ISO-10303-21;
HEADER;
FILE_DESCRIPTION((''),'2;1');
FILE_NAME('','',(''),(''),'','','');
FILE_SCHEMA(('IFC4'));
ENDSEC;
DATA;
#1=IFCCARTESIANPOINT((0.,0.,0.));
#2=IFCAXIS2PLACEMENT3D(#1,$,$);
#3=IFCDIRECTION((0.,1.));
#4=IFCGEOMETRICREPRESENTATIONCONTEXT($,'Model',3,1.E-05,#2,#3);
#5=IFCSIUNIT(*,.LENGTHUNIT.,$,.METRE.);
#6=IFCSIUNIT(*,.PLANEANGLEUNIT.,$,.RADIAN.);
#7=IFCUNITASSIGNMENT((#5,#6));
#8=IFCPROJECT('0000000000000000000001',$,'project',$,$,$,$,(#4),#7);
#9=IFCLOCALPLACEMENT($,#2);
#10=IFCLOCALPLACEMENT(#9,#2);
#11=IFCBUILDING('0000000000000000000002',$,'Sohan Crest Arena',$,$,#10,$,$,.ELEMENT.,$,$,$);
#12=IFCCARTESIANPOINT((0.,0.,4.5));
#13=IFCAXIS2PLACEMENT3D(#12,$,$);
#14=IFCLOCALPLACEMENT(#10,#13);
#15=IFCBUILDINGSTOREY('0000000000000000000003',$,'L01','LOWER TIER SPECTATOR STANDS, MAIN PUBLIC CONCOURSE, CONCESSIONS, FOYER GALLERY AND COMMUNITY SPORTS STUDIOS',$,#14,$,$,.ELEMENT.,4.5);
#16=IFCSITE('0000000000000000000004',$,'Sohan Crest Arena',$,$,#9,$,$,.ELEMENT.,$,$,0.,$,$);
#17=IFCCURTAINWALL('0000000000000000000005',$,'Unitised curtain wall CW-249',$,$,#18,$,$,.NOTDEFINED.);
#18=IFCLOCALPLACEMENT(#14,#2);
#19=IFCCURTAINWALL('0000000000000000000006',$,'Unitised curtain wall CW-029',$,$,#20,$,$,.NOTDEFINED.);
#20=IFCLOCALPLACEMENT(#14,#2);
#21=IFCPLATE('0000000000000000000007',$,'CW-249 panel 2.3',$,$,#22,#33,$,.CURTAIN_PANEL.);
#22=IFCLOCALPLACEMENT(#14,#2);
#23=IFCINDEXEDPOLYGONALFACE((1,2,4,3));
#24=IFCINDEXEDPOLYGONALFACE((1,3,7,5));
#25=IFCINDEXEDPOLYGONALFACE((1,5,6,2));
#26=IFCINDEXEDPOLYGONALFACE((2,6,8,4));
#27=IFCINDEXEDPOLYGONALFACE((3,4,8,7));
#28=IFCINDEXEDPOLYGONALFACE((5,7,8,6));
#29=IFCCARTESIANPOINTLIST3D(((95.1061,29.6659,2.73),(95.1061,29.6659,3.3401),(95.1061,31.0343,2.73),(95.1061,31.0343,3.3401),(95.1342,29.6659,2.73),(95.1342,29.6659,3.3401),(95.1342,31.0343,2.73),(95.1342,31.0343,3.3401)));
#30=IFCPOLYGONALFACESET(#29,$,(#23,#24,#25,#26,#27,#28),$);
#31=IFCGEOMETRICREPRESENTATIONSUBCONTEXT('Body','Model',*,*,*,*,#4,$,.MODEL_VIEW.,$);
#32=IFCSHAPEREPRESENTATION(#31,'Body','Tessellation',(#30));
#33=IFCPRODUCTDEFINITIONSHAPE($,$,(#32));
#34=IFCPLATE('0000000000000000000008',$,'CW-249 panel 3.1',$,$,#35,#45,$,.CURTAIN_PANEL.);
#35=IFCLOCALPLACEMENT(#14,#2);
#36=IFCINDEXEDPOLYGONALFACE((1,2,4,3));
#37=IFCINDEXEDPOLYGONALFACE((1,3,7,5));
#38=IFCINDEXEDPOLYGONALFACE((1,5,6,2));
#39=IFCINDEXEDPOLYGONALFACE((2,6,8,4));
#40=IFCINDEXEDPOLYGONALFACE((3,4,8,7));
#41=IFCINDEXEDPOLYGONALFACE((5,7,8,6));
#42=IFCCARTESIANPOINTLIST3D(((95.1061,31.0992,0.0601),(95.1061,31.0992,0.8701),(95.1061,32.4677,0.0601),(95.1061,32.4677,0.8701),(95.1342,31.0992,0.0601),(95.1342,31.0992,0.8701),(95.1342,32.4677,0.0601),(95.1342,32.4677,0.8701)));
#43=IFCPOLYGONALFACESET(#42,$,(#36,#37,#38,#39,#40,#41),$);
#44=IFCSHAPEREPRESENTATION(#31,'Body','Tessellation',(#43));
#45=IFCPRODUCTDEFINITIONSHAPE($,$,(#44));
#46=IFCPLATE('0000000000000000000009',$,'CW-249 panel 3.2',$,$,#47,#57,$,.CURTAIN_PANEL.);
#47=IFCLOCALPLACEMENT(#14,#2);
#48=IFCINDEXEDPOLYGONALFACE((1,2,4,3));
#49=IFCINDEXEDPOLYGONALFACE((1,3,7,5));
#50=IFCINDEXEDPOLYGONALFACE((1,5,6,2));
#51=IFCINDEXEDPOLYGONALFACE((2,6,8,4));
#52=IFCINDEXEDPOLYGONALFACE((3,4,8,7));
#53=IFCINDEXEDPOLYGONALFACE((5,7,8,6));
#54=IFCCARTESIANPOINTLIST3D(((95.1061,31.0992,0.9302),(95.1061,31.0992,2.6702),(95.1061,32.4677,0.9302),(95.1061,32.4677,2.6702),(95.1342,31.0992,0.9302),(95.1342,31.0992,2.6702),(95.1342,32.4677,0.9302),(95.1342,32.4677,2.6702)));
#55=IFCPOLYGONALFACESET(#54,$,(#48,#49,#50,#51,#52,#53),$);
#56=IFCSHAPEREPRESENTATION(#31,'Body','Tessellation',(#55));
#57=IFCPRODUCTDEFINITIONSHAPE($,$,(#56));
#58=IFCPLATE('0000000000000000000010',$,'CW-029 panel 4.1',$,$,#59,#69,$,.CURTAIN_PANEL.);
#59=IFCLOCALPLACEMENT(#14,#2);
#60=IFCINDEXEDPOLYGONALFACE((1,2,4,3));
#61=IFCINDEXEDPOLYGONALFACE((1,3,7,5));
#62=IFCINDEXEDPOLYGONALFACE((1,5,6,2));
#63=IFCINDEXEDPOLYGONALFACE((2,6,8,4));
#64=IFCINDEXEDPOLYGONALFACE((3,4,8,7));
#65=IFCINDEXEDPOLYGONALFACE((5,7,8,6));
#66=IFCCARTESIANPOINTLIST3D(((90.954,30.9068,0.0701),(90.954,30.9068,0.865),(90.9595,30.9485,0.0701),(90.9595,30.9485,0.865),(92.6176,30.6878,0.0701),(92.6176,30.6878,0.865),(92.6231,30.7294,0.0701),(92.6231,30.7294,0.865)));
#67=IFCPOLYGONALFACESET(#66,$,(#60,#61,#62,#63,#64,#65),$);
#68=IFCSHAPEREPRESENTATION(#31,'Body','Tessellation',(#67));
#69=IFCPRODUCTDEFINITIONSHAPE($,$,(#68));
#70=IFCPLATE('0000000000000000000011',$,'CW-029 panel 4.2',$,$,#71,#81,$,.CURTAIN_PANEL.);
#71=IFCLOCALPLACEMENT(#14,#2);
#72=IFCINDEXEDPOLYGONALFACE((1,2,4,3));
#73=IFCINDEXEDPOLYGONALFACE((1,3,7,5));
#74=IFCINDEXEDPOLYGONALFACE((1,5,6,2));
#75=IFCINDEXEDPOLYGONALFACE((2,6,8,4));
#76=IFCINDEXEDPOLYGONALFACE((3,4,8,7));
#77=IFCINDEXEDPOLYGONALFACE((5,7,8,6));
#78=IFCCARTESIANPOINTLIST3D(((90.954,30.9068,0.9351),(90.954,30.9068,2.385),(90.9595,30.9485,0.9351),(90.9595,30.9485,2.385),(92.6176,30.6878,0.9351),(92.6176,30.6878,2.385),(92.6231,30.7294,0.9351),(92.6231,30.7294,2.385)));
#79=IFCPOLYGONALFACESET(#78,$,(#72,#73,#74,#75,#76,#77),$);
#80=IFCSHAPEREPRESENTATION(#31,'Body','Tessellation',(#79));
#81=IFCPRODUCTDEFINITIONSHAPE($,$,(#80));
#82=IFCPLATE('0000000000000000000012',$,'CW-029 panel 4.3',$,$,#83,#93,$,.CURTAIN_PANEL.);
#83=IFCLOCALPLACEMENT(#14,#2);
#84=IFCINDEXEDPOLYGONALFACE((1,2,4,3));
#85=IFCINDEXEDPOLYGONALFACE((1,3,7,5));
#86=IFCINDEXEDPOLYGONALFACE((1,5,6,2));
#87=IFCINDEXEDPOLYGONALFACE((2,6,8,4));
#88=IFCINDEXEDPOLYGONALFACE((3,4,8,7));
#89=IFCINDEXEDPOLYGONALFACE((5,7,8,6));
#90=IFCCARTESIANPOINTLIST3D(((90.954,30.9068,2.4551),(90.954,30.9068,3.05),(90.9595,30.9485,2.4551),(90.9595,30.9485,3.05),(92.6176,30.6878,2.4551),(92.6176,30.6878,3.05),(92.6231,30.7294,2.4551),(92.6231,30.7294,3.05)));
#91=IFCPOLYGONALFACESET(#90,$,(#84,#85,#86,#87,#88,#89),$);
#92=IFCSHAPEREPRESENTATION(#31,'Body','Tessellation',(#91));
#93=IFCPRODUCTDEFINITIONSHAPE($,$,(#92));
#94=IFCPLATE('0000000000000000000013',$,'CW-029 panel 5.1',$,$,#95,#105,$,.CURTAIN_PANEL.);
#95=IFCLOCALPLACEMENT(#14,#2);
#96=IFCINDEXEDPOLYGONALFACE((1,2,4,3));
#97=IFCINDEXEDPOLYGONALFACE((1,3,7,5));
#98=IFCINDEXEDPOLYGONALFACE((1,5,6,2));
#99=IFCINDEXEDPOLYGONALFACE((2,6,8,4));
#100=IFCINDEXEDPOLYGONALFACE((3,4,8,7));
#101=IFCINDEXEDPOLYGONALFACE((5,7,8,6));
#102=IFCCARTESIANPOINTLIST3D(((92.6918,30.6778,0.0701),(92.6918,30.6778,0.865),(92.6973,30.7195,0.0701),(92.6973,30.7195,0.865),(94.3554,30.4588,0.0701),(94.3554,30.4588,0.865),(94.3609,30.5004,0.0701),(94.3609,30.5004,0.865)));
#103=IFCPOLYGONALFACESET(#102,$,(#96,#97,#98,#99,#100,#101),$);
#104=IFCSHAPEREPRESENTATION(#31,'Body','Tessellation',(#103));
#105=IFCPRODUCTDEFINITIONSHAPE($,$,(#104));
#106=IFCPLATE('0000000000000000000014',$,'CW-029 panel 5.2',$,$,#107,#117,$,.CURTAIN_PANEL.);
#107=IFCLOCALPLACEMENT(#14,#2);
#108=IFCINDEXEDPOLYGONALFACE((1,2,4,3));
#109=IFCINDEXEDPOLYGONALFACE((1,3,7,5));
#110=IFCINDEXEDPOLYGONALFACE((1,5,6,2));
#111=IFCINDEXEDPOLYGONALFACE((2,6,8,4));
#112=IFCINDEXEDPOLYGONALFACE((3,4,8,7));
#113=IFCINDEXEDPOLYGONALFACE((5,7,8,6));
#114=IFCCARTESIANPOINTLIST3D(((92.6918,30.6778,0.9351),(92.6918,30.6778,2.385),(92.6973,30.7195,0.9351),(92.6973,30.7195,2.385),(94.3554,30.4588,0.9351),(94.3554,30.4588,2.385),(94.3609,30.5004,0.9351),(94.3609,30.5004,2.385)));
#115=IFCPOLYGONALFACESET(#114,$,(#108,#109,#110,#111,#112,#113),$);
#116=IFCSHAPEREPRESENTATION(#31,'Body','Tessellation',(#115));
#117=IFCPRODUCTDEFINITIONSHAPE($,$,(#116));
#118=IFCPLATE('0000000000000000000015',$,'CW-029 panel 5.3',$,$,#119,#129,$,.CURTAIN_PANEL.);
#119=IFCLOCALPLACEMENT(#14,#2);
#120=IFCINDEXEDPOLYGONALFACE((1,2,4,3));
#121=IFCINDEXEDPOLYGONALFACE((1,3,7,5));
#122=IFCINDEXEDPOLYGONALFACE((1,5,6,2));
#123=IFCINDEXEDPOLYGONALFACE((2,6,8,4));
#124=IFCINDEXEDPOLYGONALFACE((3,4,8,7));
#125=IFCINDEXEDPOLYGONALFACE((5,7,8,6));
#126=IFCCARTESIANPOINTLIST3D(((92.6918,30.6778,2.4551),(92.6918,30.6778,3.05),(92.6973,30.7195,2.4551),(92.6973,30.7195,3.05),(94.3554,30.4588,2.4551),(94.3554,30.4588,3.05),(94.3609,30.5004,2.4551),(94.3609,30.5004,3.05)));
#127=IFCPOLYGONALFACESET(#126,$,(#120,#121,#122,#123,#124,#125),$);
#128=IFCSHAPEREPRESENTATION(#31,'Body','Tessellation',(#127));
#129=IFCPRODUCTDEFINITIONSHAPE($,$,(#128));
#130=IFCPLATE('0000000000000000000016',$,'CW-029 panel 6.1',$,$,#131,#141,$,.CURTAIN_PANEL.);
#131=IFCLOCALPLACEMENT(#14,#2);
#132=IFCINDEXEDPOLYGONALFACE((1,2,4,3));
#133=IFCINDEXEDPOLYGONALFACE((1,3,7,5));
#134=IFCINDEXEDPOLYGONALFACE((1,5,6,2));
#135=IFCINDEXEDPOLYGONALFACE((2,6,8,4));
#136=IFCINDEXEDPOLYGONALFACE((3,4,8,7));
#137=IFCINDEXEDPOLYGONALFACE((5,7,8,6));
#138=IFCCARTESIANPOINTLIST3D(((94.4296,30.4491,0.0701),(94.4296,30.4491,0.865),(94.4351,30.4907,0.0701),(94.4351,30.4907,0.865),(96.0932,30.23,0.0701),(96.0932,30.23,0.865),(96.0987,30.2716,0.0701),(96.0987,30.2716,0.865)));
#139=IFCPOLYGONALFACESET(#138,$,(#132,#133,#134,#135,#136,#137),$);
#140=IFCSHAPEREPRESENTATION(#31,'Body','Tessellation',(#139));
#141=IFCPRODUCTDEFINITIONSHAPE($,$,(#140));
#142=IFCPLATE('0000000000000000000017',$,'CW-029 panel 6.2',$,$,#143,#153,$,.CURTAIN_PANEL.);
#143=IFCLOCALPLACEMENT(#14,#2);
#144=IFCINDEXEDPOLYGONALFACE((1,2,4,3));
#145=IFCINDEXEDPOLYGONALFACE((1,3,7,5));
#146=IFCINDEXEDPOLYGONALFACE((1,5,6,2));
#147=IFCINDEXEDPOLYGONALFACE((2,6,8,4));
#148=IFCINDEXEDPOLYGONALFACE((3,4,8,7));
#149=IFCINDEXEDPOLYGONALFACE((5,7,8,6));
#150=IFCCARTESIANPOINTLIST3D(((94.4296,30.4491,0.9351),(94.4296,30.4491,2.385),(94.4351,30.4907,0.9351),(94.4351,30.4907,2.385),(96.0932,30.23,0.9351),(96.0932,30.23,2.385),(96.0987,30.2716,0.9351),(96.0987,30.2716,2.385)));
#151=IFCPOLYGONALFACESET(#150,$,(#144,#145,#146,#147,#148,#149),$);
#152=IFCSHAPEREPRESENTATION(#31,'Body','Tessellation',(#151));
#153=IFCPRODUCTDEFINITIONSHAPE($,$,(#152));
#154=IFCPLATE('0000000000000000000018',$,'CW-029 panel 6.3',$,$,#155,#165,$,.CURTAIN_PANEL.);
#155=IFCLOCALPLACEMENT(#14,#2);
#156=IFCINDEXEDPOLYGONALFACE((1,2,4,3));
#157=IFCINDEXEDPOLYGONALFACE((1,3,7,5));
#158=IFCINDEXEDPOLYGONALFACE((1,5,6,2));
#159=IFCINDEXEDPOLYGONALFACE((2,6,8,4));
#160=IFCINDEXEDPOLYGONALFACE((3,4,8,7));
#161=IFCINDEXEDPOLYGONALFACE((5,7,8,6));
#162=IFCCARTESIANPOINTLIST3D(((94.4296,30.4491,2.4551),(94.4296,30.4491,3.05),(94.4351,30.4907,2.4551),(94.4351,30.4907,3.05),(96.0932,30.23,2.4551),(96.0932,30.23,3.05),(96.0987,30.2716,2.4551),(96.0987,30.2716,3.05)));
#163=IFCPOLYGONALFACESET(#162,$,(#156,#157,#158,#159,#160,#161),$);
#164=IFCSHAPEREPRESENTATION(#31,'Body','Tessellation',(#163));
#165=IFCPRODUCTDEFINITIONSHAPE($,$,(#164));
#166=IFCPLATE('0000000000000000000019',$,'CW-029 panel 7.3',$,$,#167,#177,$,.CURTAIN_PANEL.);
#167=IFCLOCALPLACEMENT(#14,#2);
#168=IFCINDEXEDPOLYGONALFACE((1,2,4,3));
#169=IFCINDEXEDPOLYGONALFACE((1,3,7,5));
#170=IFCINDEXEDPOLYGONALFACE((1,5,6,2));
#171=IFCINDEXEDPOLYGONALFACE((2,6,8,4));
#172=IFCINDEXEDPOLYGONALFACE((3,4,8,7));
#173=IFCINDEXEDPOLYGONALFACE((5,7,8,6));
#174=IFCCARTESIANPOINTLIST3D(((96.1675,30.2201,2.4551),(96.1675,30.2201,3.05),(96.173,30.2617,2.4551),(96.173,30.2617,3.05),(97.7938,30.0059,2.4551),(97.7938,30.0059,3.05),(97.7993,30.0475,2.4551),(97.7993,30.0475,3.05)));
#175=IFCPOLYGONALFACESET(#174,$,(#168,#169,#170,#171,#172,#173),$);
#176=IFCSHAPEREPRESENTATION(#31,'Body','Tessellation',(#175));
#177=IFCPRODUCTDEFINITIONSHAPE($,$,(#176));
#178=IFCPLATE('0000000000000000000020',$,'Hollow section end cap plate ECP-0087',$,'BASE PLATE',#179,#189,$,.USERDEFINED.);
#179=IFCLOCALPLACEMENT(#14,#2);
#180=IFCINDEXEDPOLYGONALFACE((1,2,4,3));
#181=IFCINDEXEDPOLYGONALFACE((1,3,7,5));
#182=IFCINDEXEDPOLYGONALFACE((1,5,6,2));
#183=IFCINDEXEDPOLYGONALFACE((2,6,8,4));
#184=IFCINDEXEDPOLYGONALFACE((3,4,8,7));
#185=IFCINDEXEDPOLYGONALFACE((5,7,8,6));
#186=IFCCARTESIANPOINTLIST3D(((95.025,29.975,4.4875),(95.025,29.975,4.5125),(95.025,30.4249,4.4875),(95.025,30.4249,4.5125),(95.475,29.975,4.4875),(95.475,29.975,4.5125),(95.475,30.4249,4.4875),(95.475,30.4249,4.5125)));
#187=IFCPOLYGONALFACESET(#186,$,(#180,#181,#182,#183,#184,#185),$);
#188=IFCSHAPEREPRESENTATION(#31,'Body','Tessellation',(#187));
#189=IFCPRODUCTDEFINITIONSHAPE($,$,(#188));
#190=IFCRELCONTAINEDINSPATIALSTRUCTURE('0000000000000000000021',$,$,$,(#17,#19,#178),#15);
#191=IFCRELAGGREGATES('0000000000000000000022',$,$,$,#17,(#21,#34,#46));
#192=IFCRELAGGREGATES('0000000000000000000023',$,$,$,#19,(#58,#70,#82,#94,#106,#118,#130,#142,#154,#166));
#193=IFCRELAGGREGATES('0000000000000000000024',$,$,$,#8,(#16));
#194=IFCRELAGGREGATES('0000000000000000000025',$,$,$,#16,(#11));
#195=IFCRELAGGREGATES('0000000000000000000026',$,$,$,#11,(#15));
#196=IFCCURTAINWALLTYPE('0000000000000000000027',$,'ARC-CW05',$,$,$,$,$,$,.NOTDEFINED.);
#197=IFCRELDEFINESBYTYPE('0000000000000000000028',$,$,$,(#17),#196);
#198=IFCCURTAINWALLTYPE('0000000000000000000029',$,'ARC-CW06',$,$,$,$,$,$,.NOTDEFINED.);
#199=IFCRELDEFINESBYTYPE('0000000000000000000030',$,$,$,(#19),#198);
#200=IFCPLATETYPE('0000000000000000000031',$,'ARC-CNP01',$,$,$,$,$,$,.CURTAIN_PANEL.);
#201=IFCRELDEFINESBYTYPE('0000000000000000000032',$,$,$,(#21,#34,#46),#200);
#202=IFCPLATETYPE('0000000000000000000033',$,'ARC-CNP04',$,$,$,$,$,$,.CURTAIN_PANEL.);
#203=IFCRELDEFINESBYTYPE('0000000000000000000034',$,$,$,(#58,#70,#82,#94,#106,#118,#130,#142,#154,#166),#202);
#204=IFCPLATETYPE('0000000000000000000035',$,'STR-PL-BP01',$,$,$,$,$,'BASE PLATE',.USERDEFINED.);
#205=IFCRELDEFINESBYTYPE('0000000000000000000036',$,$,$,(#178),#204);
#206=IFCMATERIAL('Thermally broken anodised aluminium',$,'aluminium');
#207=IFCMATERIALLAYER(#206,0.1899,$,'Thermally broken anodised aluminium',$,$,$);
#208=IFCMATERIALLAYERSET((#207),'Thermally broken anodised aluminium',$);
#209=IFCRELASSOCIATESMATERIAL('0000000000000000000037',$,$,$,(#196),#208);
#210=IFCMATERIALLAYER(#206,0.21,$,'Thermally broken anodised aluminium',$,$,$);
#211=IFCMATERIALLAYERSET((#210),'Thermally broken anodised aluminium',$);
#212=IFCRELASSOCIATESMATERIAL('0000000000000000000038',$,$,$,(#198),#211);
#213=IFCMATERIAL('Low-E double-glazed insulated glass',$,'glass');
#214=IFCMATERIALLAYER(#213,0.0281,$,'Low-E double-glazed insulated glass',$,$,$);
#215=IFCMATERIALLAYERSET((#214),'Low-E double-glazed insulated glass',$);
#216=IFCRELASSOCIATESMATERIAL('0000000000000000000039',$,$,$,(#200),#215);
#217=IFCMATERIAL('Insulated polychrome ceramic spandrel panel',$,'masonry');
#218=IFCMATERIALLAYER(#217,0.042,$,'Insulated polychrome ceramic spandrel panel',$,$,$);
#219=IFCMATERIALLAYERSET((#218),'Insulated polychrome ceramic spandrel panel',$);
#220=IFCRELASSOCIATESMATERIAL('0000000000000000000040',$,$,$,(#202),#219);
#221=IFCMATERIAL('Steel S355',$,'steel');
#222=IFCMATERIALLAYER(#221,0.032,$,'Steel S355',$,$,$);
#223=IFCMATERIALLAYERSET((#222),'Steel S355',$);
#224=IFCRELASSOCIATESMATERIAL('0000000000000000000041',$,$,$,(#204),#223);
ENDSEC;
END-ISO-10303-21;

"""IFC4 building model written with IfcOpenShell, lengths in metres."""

from ifc_helpers import new_model, si_unit, direction, frame, origin, origin_2d, place, context, subcontext, project, spatial, rectangle, extrude, material, layer, layer_set, type_object, element, aggregate, save


model = new_model("IFC4")

# Units and contexts
model_context = context("Model", 3, precision=1e-05, world=origin(), true_north=direction((0.0, 1.0)))
body_context = subcontext(model_context, "Body", "Model", "MODEL_VIEW")
ifc_project = project(units=[si_unit("LENGTHUNIT", "METRE"), si_unit("PLANEANGLEUNIT", "RADIAN")], contexts=[model_context])

# Site, building, storey
site_placement = place(None, origin())
site = spatial("IfcSite", under=ifc_project, at=site_placement, Name="Sohan Crest Arena", CompositionType="ELEMENT", RefElevation=0.0)
building_placement = place(site_placement, origin())
building = spatial("IfcBuilding", under=site, at=building_placement, Name="Sohan Crest Arena", CompositionType="ELEMENT")
storey_placement = place(building_placement, frame((0.0, 0.0, 4.5)))
storey = spatial("IfcBuildingStorey", under=building, at=storey_placement, Name="L01", Description="LOWER TIER SPECTATOR STANDS, MAIN PUBLIC CONCOURSE, CONCESSIONS, FOYER GALLERY AND COMMUNITY SPORTS STUDIOS", CompositionType="ELEMENT", Elevation=4.5)

# Shared definitions
ifc_material_1 = material(Name="Steel S355", Category="steel")

# Curtain wall
ifc_material_2 = material(Name="Thermally broken anodised aluminium", Category="aluminium")
ifc_layer_1 = layer(ifc_material_2, 0.1899, Name="Thermally broken anodised aluminium")
ifc_layer_set_1 = layer_set([ifc_layer_1], Name="Thermally broken anodised aluminium")
curtain_wall_type_1 = type_object("IfcCurtainWallType", Name="ARC-CW05", PredefinedType="NOTDEFINED", material=ifc_layer_set_1)
curtain_wall_1_placement = place(storey_placement, origin())
curtain_wall_1 = element("IfcCurtainWall", 1, at=curtain_wall_1_placement, inside=storey, type_object=curtain_wall_type_1, Name="Unitised curtain wall CW-249", PredefinedType="NOTDEFINED")

# Curtain wall
ifc_layer_2 = layer(ifc_material_2, 0.21, Name="Thermally broken anodised aluminium")
ifc_layer_set_2 = layer_set([ifc_layer_2], Name="Thermally broken anodised aluminium")
curtain_wall_type_2 = type_object("IfcCurtainWallType", Name="ARC-CW06", PredefinedType="NOTDEFINED", material=ifc_layer_set_2)
curtain_wall_2_placement = place(storey_placement, origin())
curtain_wall_2 = element("IfcCurtainWall", 2, at=curtain_wall_2_placement, inside=storey, type_object=curtain_wall_type_2, Name="Unitised curtain wall CW-029", PredefinedType="NOTDEFINED")

# Plates
ifc_material_3 = material(Name="Low-E double-glazed insulated glass", Category="glass")
ifc_layer_3 = layer(ifc_material_3, 0.0281, Name="Low-E double-glazed insulated glass")
ifc_layer_set_3 = layer_set([ifc_layer_3], Name="Low-E double-glazed insulated glass")
plate_type_1 = type_object("IfcPlateType", Name="ARC-CNP01", PredefinedType="CURTAIN_PANEL", material=ifc_layer_set_3)
plate_1_placement = place(storey_placement, frame((95.1201, 30.3501, 2.73), z_axis=(0.0, 0.0, 1.0), x_axis=(0.0, 1.0, 0.0)))
plate_1 = element("IfcPlate", 3, at=plate_1_placement, type_object=plate_type_1, Name="CW-249 panel 2.3", PredefinedType="CURTAIN_PANEL", context=body_context, shape_type="SweptSolid", body=[
    extrude(rectangle(XDim=1.3684, YDim=0.0281, at=origin_2d()), origin(), (0.0, 0.0, 1.0), 0.6101),
])
plate_2_placement = place(storey_placement, frame((95.1201, 31.7834, 0.0601), z_axis=(0.0, 0.0, 1.0), x_axis=(0.0, 1.0, 0.0)))
plate_2 = element("IfcPlate", 4, at=plate_2_placement, type_object=plate_type_1, Name="CW-249 panel 3.1", PredefinedType="CURTAIN_PANEL", context=body_context, shape_type="SweptSolid", body=[
    extrude(rectangle(XDim=1.3684, YDim=0.0281, at=origin_2d()), origin(), (0.0, 0.0, 1.0), 0.8101),
])
plate_3_placement = place(storey_placement, frame((95.1201, 31.7834, 0.9302), z_axis=(0.0, 0.0, 1.0), x_axis=(0.0, 1.0, 0.0)))
plate_3 = element("IfcPlate", 5, at=plate_3_placement, type_object=plate_type_1, Name="CW-249 panel 3.2", PredefinedType="CURTAIN_PANEL", context=body_context, shape_type="SweptSolid", body=[
    extrude(rectangle(XDim=1.3684, YDim=0.0281, at=origin_2d()), origin(), (0.0, 0.0, 1.0), 1.74),
])
aggregate(curtain_wall_1, [plate_1, plate_2, plate_3])
ifc_material_4 = material(Name="Insulated polychrome ceramic spandrel panel", Category="masonry")
ifc_layer_4 = layer(ifc_material_4, 0.042, Name="Insulated polychrome ceramic spandrel panel")
ifc_layer_set_4 = layer_set([ifc_layer_4], Name="Insulated polychrome ceramic spandrel panel")
plate_type_2 = type_object("IfcPlateType", Name="ARC-CNP04", PredefinedType="CURTAIN_PANEL", material=ifc_layer_set_4)
plate_4_placement = place(storey_placement, frame((91.7886, 30.8181, 0.0701), z_axis=(0.0, 0.0, 1.0), x_axis=(0.99144, -0.130562, 0.0)))
plate_4 = element("IfcPlate", 6, at=plate_4_placement, type_object=plate_type_2, Name="CW-029 panel 4.1", PredefinedType="CURTAIN_PANEL", context=body_context, shape_type="SweptSolid", body=[
    extrude(rectangle(XDim=1.678, YDim=0.042, at=origin_2d()), origin(), (0.0, 0.0, 1.0), 0.7949),
])
plate_5_placement = place(storey_placement, frame((91.7886, 30.8181, 0.9351), z_axis=(0.0, 0.0, 1.0), x_axis=(0.99144, -0.130562, 0.0)))
plate_5 = element("IfcPlate", 7, at=plate_5_placement, type_object=plate_type_2, Name="CW-029 panel 4.2", PredefinedType="CURTAIN_PANEL", context=body_context, shape_type="SweptSolid", body=[
    extrude(rectangle(XDim=1.678, YDim=0.042, at=origin_2d()), origin(), (0.0, 0.0, 1.0), 1.45),
])
plate_6_placement = place(storey_placement, frame((91.7886, 30.8181, 2.4551), z_axis=(0.0, 0.0, 1.0), x_axis=(0.99144, -0.130562, 0.0)))
plate_6 = element("IfcPlate", 8, at=plate_6_placement, type_object=plate_type_2, Name="CW-029 panel 4.3", PredefinedType="CURTAIN_PANEL", context=body_context, shape_type="SweptSolid", body=[
    extrude(rectangle(XDim=1.678, YDim=0.042, at=origin_2d()), origin(), (0.0, 0.0, 1.0), 0.595),
])
plate_7_placement = place(storey_placement, frame((93.5264, 30.5891, 0.0701), z_axis=(0.0, 0.0, 1.0), x_axis=(0.99144, -0.130562, 0.0)))
plate_7 = element("IfcPlate", 9, at=plate_7_placement, type_object=plate_type_2, Name="CW-029 panel 5.1", PredefinedType="CURTAIN_PANEL", context=body_context, shape_type="SweptSolid", body=[
    extrude(rectangle(XDim=1.678, YDim=0.042, at=origin_2d()), origin(), (0.0, 0.0, 1.0), 0.7949),
])
plate_8_placement = place(storey_placement, frame((93.5264, 30.5891, 0.9351), z_axis=(0.0, 0.0, 1.0), x_axis=(0.99144, -0.130562, 0.0)))
plate_8 = element("IfcPlate", 10, at=plate_8_placement, type_object=plate_type_2, Name="CW-029 panel 5.2", PredefinedType="CURTAIN_PANEL", context=body_context, shape_type="SweptSolid", body=[
    extrude(rectangle(XDim=1.678, YDim=0.042, at=origin_2d()), origin(), (0.0, 0.0, 1.0), 1.45),
])
plate_9_placement = place(storey_placement, frame((93.5264, 30.5891, 2.4551), z_axis=(0.0, 0.0, 1.0), x_axis=(0.99144, -0.130562, 0.0)))
plate_9 = element("IfcPlate", 11, at=plate_9_placement, type_object=plate_type_2, Name="CW-029 panel 5.3", PredefinedType="CURTAIN_PANEL", context=body_context, shape_type="SweptSolid", body=[
    extrude(rectangle(XDim=1.678, YDim=0.042, at=origin_2d()), origin(), (0.0, 0.0, 1.0), 0.595),
])
plate_10_placement = place(storey_placement, frame((95.2642, 30.3604, 0.0701), z_axis=(0.0, 0.0, 1.0), x_axis=(0.99144, -0.130562, 0.0)))
plate_10 = element("IfcPlate", 12, at=plate_10_placement, type_object=plate_type_2, Name="CW-029 panel 6.1", PredefinedType="CURTAIN_PANEL", context=body_context, shape_type="SweptSolid", body=[
    extrude(rectangle(XDim=1.678, YDim=0.042, at=origin_2d()), origin(), (0.0, 0.0, 1.0), 0.7949),
])
plate_11_placement = place(storey_placement, frame((95.2642, 30.3604, 0.9351), z_axis=(0.0, 0.0, 1.0), x_axis=(0.99144, -0.130562, 0.0)))
plate_11 = element("IfcPlate", 13, at=plate_11_placement, type_object=plate_type_2, Name="CW-029 panel 6.2", PredefinedType="CURTAIN_PANEL", context=body_context, shape_type="SweptSolid", body=[
    extrude(rectangle(XDim=1.678, YDim=0.042, at=origin_2d()), origin(), (0.0, 0.0, 1.0), 1.45),
])
plate_12_placement = place(storey_placement, frame((95.2642, 30.3604, 2.4551), z_axis=(0.0, 0.0, 1.0), x_axis=(0.99144, -0.130562, 0.0)))
plate_12 = element("IfcPlate", 14, at=plate_12_placement, type_object=plate_type_2, Name="CW-029 panel 6.3", PredefinedType="CURTAIN_PANEL", context=body_context, shape_type="SweptSolid", body=[
    extrude(rectangle(XDim=1.678, YDim=0.042, at=origin_2d()), origin(), (0.0, 0.0, 1.0), 0.595),
])
plate_13_placement = place(storey_placement, frame((96.9834, 30.1338, 2.4551), z_axis=(0.0, 0.0, 1.0), x_axis=(0.99144, -0.130562, 0.0)))
plate_13 = element("IfcPlate", 15, at=plate_13_placement, type_object=plate_type_2, Name="CW-029 panel 7.3", PredefinedType="CURTAIN_PANEL", context=body_context, shape_type="SweptSolid", body=[
    extrude(rectangle(XDim=1.6404, YDim=0.042, at=origin_2d()), origin(), (0.0, 0.0, 1.0), 0.595),
])
aggregate(curtain_wall_2, [plate_4, plate_5, plate_6, plate_7, plate_8, plate_9, plate_10, plate_11, plate_12, plate_13])
ifc_layer_5 = layer(ifc_material_1, 0.032, Name="Steel S355")
ifc_layer_set_5 = layer_set([ifc_layer_5], Name="Steel S355")
plate_type_3 = type_object("IfcPlateType", Name="STR-PL-BP01", ElementType="BASE PLATE", PredefinedType="USERDEFINED", material=ifc_layer_set_5)
plate_14_placement = place(storey_placement, frame((95.25, 30.2, 4.4875), z_axis=(0.0, 0.0, 1.0), x_axis=(1.0, 0.0, 0.0)))
element("IfcPlate", 16, at=plate_14_placement, inside=storey, type_object=plate_type_3, Name="Hollow section end cap plate ECP-0087", ObjectType="BASE PLATE", PredefinedType="USERDEFINED", context=body_context, shape_type="SweptSolid", body=[
    extrude(rectangle(XDim=0.45, YDim=0.45, at=origin_2d()), origin(), (0.0, 0.0, 1.0), 0.0249),
])

save(model, "model.ifc")
